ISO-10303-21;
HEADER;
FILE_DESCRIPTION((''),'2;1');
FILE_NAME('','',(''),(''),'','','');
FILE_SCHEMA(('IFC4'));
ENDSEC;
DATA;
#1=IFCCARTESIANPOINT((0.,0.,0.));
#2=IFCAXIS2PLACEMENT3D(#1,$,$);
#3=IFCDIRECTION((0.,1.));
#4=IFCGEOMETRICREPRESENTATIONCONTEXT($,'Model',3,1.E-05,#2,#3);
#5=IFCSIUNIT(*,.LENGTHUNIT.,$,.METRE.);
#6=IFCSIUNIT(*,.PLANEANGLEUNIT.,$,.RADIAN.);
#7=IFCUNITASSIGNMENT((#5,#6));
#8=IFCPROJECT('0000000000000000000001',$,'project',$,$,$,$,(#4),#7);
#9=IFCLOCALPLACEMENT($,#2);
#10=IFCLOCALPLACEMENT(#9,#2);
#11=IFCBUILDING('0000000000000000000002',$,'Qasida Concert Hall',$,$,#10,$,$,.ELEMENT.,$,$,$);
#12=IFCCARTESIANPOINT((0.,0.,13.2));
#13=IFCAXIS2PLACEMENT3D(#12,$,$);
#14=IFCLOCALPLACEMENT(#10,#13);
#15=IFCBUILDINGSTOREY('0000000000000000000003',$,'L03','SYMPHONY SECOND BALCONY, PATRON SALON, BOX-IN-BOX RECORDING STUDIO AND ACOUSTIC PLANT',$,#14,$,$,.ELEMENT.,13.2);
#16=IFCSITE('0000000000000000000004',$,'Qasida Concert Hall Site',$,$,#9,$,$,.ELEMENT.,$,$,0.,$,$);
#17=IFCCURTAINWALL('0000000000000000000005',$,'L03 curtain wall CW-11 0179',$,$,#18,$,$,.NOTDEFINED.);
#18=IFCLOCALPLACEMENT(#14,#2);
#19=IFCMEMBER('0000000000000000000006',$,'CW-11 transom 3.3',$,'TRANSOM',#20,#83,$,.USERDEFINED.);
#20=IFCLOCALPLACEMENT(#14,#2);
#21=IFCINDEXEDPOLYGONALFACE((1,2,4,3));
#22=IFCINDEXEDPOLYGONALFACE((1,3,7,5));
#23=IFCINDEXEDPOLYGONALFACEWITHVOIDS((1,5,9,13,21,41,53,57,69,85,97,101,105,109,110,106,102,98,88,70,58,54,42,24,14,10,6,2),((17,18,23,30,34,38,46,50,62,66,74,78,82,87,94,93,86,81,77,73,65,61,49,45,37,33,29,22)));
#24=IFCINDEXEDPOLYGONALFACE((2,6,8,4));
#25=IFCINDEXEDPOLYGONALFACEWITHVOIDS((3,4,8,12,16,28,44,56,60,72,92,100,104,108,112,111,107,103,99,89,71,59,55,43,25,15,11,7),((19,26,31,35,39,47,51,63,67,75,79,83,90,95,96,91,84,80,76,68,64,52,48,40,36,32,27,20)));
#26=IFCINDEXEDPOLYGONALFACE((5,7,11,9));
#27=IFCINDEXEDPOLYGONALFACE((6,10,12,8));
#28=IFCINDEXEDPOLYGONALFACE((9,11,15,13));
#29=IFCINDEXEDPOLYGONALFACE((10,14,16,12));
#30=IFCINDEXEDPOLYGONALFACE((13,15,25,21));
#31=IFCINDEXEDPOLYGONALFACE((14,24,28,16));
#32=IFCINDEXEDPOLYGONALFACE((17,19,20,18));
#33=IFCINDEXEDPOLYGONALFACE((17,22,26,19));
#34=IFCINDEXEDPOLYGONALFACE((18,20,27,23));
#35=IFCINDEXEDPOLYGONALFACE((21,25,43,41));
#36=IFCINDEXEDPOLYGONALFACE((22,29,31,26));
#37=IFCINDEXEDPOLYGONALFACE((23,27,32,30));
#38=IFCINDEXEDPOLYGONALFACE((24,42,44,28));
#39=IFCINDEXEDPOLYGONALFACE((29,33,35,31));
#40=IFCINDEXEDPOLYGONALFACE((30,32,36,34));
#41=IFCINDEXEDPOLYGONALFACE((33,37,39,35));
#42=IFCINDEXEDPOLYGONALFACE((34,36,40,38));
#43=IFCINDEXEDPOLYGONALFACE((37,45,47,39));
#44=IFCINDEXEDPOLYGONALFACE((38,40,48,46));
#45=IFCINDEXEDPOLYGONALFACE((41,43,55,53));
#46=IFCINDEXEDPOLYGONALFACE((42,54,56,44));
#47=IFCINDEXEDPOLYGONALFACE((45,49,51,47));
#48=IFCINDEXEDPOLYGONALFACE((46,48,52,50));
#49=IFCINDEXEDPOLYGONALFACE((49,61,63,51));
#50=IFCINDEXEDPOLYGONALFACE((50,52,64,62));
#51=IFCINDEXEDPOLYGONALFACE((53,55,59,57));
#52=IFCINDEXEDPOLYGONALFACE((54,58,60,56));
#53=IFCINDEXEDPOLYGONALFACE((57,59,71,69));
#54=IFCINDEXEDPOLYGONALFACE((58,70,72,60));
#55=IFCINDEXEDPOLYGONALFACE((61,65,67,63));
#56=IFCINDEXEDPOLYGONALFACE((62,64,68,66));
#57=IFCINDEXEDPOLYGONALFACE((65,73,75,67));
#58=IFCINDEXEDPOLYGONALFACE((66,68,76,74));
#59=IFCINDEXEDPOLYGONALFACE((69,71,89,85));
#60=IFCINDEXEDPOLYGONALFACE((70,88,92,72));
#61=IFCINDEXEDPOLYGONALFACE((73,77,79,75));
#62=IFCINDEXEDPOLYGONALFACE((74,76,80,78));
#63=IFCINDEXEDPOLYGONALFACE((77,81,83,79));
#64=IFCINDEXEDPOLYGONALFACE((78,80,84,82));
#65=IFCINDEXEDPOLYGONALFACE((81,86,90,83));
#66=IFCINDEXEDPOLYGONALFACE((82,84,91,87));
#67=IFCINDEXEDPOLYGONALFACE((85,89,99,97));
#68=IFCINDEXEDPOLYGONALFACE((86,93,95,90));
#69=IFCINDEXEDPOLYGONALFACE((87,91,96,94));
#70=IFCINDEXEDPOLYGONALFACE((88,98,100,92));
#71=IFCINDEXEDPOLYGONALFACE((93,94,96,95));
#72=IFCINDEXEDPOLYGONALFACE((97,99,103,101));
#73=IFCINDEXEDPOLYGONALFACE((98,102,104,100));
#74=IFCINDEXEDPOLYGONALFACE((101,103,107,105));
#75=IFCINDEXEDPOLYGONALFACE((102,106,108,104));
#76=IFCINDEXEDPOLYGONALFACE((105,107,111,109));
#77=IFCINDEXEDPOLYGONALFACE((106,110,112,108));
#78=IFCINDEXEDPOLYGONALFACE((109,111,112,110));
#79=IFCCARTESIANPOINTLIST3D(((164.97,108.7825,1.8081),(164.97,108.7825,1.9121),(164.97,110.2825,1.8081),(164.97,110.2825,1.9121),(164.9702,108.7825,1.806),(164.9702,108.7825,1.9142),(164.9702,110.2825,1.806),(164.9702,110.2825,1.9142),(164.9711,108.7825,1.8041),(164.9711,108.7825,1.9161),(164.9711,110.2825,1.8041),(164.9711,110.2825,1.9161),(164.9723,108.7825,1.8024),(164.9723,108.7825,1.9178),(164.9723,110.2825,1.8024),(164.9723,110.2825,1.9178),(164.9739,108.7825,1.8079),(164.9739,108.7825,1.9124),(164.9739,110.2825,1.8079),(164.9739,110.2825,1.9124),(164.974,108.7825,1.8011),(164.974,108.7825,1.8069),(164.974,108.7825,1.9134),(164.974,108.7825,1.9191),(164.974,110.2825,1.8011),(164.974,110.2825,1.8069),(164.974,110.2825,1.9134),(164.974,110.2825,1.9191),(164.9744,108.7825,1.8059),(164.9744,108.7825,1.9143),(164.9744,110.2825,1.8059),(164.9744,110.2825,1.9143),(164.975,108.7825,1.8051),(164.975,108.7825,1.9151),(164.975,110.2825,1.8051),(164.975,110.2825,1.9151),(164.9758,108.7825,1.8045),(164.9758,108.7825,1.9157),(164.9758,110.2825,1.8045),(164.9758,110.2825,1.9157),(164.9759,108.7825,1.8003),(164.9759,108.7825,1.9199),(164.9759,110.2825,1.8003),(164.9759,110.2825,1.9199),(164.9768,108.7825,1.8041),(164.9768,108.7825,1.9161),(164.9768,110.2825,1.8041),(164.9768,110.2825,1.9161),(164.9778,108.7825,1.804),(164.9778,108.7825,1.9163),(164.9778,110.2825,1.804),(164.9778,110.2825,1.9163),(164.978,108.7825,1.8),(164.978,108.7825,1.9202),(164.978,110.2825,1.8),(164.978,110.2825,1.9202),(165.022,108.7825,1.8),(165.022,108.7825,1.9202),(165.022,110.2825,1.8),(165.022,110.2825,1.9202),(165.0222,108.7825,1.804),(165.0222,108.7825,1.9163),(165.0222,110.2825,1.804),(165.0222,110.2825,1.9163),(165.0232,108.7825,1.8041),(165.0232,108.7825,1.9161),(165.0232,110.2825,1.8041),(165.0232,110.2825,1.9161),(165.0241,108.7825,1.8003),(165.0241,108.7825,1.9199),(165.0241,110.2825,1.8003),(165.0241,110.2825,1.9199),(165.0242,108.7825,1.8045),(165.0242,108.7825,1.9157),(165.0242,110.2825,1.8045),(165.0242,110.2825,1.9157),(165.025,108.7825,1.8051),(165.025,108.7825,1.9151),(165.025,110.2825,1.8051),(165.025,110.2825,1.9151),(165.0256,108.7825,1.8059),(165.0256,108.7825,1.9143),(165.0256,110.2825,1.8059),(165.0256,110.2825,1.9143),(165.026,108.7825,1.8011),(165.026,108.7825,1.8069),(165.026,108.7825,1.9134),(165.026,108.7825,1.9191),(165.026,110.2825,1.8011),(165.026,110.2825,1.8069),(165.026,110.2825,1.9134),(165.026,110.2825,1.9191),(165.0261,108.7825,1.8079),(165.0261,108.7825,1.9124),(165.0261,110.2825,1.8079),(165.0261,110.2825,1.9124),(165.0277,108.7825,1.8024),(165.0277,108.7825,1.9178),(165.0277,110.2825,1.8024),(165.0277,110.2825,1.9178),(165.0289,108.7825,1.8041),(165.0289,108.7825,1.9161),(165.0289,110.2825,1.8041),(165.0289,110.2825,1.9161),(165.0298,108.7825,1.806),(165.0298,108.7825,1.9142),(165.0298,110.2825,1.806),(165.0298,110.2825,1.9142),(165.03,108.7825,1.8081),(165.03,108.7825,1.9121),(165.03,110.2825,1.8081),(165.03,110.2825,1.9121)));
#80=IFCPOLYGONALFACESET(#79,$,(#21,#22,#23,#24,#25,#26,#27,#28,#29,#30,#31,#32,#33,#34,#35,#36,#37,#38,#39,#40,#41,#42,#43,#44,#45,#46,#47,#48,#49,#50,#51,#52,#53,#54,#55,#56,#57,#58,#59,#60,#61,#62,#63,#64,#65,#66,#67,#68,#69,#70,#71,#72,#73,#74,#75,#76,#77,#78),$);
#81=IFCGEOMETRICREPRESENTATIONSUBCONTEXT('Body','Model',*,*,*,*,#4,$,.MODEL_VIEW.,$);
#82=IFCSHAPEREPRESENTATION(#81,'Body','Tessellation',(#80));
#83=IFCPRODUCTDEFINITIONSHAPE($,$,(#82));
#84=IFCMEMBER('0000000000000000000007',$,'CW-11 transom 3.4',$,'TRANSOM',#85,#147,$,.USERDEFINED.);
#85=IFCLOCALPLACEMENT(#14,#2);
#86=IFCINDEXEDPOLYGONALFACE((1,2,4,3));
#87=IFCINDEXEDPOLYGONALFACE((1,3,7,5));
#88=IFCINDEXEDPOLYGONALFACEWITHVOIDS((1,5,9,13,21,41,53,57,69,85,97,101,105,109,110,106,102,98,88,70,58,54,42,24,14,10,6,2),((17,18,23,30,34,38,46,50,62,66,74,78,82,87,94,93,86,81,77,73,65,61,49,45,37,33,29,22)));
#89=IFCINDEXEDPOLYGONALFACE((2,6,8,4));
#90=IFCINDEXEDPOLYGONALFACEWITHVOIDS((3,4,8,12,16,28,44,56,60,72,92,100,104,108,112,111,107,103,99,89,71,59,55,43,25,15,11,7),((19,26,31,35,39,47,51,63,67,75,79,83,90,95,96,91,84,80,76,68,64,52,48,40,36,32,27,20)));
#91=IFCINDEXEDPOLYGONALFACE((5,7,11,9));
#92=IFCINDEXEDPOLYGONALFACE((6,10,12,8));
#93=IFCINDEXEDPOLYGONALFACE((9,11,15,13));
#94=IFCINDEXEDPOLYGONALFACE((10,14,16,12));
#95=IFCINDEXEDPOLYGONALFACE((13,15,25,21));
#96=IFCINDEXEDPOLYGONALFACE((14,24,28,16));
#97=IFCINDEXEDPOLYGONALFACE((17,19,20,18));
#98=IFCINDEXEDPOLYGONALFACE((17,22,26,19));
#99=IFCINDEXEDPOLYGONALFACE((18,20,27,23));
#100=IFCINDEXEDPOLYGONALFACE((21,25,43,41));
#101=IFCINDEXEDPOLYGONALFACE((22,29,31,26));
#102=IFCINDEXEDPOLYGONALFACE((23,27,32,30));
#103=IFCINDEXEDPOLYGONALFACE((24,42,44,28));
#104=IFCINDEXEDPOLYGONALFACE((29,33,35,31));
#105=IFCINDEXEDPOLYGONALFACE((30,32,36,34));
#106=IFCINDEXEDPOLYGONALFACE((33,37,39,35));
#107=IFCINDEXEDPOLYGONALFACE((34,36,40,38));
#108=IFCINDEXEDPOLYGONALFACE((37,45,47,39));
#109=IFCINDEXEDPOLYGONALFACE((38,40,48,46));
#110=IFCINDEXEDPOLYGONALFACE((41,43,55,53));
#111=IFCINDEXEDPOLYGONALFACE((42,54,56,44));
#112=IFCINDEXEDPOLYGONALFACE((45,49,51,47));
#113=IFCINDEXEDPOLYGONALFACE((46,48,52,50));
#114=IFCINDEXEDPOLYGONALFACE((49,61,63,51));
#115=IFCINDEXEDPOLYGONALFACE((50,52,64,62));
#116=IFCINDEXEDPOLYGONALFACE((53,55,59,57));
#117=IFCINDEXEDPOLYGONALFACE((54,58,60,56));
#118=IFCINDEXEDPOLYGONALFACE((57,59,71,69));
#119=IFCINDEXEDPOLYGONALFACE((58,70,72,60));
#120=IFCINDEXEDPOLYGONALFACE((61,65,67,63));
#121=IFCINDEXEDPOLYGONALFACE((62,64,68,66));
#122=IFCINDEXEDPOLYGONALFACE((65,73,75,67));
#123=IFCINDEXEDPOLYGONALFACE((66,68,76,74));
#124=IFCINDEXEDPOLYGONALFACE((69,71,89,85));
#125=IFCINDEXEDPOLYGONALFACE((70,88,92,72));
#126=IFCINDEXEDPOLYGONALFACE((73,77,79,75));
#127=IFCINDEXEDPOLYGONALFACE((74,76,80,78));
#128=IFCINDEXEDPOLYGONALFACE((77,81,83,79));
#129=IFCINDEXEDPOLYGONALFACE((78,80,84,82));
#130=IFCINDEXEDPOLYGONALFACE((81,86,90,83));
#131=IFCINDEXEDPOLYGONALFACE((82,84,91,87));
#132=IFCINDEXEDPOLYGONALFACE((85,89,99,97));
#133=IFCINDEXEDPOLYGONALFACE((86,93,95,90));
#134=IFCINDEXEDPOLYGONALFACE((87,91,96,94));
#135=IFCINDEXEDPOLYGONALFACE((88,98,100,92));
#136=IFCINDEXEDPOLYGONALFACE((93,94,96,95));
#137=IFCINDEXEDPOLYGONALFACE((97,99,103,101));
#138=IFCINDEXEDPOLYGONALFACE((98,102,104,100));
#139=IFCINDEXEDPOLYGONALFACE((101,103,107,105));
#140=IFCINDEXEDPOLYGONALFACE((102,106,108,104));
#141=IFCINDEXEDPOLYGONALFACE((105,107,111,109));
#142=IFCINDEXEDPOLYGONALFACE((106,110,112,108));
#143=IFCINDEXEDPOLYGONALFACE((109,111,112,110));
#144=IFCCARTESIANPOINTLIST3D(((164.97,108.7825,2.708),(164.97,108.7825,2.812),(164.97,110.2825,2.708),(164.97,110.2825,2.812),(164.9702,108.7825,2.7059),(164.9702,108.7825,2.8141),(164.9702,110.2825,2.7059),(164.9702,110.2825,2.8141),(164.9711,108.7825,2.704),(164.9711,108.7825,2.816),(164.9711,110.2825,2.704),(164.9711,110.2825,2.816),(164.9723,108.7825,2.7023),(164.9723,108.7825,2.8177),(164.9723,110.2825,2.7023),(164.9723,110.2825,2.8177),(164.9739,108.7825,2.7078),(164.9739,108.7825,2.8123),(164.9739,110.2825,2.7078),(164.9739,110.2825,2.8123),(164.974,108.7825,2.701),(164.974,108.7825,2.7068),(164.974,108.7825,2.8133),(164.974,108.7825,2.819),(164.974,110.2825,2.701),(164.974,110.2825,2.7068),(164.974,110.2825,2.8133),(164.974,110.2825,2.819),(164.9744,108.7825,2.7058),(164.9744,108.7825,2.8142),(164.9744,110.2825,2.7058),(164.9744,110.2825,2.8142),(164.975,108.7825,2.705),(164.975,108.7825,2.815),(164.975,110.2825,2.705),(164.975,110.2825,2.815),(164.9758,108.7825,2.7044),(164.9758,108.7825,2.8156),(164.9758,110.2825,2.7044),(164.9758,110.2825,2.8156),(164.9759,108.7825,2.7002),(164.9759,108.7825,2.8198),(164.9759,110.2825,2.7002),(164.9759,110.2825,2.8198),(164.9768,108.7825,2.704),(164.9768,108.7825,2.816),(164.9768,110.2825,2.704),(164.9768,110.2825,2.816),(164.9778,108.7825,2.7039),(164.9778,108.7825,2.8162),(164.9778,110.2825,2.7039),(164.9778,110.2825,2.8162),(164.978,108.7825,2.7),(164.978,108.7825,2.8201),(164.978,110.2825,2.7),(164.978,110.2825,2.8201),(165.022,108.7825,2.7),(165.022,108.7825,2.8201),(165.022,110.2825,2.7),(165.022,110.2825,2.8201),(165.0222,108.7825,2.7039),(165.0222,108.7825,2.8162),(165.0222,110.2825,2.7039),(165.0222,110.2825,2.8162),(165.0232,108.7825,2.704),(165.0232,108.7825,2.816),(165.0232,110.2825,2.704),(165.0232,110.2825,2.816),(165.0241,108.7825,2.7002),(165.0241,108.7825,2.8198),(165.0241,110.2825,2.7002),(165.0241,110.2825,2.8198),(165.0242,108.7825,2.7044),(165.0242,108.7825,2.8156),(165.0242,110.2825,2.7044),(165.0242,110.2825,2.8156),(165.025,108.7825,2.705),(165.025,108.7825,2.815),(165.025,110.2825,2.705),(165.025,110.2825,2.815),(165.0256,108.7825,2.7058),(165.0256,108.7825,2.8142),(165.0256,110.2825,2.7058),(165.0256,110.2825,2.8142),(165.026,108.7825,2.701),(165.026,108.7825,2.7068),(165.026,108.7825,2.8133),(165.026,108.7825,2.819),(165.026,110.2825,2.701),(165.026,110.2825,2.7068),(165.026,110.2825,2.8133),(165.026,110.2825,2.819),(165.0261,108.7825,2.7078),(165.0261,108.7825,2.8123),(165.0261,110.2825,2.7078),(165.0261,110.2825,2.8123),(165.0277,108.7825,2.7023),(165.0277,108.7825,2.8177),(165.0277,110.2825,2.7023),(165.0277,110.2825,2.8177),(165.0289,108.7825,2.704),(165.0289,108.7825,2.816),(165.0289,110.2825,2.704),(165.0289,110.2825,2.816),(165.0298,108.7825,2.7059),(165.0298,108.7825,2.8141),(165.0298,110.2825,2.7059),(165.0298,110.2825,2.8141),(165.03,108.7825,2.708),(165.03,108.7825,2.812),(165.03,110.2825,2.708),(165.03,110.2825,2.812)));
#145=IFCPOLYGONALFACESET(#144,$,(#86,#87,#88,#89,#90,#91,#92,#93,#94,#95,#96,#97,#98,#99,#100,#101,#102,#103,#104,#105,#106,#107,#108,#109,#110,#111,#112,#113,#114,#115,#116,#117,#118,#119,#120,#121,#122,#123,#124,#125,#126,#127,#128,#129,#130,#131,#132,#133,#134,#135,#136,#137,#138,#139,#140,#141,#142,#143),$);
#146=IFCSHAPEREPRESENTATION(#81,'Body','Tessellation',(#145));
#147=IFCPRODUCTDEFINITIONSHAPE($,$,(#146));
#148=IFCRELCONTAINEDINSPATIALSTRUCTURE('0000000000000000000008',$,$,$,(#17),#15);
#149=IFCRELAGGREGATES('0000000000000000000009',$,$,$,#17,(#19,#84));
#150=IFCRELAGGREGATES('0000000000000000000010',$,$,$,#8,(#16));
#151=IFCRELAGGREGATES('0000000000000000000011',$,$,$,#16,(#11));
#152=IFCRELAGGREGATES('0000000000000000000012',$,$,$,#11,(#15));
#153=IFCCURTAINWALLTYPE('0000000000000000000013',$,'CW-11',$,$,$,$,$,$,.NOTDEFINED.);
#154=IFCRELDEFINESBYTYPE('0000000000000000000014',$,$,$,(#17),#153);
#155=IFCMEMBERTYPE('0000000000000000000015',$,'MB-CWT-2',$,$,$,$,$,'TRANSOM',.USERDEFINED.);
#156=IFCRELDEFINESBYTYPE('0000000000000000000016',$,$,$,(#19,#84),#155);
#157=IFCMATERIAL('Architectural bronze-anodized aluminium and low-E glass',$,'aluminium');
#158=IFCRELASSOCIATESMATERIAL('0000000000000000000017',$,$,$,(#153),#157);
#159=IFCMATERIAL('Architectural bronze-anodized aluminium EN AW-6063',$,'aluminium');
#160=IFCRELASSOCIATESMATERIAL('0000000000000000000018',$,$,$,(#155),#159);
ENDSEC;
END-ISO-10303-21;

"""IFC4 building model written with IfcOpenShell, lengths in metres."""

from ifc_helpers import new_model, si_unit, direction, frame, origin, origin_2d, place, context, subcontext, project, spatial, hollow_rectangle, extrude, material, material_profile, profile_set, type_object, element, aggregate, save


model = new_model("IFC4")

# Units and contexts
model_context = context("Model", 3, precision=1e-05, world=origin(), true_north=direction((0.0, 1.0)))
body_context = subcontext(model_context, "Body", "Model", "MODEL_VIEW")
ifc_project = project(units=[si_unit("LENGTHUNIT", "METRE"), si_unit("PLANEANGLEUNIT", "RADIAN")], contexts=[model_context])

# Site, building, storey
site_placement = place(None, origin())
site = spatial("IfcSite", under=ifc_project, at=site_placement, Name="Qasida Concert Hall Site", CompositionType="ELEMENT", RefElevation=0.0)
building_placement = place(site_placement, origin())
building = spatial("IfcBuilding", under=site, at=building_placement, Name="Qasida Concert Hall", CompositionType="ELEMENT")
storey_placement = place(building_placement, frame((0.0, 0.0, 13.2)))
storey = spatial("IfcBuildingStorey", under=building, at=storey_placement, Name="L03", Description="SYMPHONY SECOND BALCONY, PATRON SALON, BOX-IN-BOX RECORDING STUDIO AND ACOUSTIC PLANT", CompositionType="ELEMENT", Elevation=13.2)

# Curtain wall, members
ifc_material_1 = material(Name="Architectural bronze-anodized aluminium and low-E glass", Category="aluminium")
curtain_wall_type = type_object("IfcCurtainWallType", Name="CW-11", PredefinedType="NOTDEFINED", material=ifc_material_1)
curtain_wall_placement = place(storey_placement, origin())
curtain_wall = element("IfcCurtainWall", 1, at=curtain_wall_placement, inside=storey, type_object=curtain_wall_type, Name="L03 curtain wall CW-11 0179", PredefinedType="NOTDEFINED")
ifc_material_2 = material(Name="Architectural bronze-anodized aluminium EN AW-6063", Category="aluminium")
ifc_material_profile_1 = material_profile(ifc_material_2, hollow_rectangle(XDim=0.0601, YDim=0.1201, WallThickness=0.0039, InnerFilletRadius=0.0039, OuterFilletRadius=0.0081, at=origin_2d()), Name="CWT 120x60x4")
ifc_profile_set_1 = profile_set([ifc_material_profile_1], Name="Architectural bronze-anodized aluminium EN AW-6063")
member_type_1 = type_object("IfcMemberType", Name="MB-CWT-2", ElementType="TRANSOM", PredefinedType="USERDEFINED", material=ifc_profile_set_1)
member_1_placement = place(storey_placement, frame((165.0, 108.7825, 1.8601), z_axis=(0.0, 1.0, 0.0), x_axis=(-1.0, 0.0, 0.0)))
member_1 = element("IfcMember", 2, at=member_1_placement, type_object=member_type_1, Name="CW-11 transom 3.3", ObjectType="TRANSOM", PredefinedType="USERDEFINED", context=body_context, shape_type="SweptSolid", body=[
    extrude(hollow_rectangle(XDim=0.0601, YDim=0.1201, WallThickness=0.0039, InnerFilletRadius=0.0039, OuterFilletRadius=0.0081, at=origin_2d()), origin(), (0.0, 0.0, 1.0), 1.5),
])
member_2_placement = place(storey_placement, frame((165.0, 108.7825, 2.76), z_axis=(0.0, 1.0, 0.0), x_axis=(-1.0, 0.0, 0.0)))
member_2 = element("IfcMember", 3, at=member_2_placement, type_object=member_type_1, Name="CW-11 transom 3.4", ObjectType="TRANSOM", PredefinedType="USERDEFINED", context=body_context, shape_type="SweptSolid", body=[
    extrude(hollow_rectangle(XDim=0.0601, YDim=0.1201, WallThickness=0.0039, InnerFilletRadius=0.0039, OuterFilletRadius=0.0081, at=origin_2d()), origin(), (0.0, 0.0, 1.0), 1.5),
])
aggregate(curtain_wall, [member_1, member_2])

save(model, "model.ifc")
